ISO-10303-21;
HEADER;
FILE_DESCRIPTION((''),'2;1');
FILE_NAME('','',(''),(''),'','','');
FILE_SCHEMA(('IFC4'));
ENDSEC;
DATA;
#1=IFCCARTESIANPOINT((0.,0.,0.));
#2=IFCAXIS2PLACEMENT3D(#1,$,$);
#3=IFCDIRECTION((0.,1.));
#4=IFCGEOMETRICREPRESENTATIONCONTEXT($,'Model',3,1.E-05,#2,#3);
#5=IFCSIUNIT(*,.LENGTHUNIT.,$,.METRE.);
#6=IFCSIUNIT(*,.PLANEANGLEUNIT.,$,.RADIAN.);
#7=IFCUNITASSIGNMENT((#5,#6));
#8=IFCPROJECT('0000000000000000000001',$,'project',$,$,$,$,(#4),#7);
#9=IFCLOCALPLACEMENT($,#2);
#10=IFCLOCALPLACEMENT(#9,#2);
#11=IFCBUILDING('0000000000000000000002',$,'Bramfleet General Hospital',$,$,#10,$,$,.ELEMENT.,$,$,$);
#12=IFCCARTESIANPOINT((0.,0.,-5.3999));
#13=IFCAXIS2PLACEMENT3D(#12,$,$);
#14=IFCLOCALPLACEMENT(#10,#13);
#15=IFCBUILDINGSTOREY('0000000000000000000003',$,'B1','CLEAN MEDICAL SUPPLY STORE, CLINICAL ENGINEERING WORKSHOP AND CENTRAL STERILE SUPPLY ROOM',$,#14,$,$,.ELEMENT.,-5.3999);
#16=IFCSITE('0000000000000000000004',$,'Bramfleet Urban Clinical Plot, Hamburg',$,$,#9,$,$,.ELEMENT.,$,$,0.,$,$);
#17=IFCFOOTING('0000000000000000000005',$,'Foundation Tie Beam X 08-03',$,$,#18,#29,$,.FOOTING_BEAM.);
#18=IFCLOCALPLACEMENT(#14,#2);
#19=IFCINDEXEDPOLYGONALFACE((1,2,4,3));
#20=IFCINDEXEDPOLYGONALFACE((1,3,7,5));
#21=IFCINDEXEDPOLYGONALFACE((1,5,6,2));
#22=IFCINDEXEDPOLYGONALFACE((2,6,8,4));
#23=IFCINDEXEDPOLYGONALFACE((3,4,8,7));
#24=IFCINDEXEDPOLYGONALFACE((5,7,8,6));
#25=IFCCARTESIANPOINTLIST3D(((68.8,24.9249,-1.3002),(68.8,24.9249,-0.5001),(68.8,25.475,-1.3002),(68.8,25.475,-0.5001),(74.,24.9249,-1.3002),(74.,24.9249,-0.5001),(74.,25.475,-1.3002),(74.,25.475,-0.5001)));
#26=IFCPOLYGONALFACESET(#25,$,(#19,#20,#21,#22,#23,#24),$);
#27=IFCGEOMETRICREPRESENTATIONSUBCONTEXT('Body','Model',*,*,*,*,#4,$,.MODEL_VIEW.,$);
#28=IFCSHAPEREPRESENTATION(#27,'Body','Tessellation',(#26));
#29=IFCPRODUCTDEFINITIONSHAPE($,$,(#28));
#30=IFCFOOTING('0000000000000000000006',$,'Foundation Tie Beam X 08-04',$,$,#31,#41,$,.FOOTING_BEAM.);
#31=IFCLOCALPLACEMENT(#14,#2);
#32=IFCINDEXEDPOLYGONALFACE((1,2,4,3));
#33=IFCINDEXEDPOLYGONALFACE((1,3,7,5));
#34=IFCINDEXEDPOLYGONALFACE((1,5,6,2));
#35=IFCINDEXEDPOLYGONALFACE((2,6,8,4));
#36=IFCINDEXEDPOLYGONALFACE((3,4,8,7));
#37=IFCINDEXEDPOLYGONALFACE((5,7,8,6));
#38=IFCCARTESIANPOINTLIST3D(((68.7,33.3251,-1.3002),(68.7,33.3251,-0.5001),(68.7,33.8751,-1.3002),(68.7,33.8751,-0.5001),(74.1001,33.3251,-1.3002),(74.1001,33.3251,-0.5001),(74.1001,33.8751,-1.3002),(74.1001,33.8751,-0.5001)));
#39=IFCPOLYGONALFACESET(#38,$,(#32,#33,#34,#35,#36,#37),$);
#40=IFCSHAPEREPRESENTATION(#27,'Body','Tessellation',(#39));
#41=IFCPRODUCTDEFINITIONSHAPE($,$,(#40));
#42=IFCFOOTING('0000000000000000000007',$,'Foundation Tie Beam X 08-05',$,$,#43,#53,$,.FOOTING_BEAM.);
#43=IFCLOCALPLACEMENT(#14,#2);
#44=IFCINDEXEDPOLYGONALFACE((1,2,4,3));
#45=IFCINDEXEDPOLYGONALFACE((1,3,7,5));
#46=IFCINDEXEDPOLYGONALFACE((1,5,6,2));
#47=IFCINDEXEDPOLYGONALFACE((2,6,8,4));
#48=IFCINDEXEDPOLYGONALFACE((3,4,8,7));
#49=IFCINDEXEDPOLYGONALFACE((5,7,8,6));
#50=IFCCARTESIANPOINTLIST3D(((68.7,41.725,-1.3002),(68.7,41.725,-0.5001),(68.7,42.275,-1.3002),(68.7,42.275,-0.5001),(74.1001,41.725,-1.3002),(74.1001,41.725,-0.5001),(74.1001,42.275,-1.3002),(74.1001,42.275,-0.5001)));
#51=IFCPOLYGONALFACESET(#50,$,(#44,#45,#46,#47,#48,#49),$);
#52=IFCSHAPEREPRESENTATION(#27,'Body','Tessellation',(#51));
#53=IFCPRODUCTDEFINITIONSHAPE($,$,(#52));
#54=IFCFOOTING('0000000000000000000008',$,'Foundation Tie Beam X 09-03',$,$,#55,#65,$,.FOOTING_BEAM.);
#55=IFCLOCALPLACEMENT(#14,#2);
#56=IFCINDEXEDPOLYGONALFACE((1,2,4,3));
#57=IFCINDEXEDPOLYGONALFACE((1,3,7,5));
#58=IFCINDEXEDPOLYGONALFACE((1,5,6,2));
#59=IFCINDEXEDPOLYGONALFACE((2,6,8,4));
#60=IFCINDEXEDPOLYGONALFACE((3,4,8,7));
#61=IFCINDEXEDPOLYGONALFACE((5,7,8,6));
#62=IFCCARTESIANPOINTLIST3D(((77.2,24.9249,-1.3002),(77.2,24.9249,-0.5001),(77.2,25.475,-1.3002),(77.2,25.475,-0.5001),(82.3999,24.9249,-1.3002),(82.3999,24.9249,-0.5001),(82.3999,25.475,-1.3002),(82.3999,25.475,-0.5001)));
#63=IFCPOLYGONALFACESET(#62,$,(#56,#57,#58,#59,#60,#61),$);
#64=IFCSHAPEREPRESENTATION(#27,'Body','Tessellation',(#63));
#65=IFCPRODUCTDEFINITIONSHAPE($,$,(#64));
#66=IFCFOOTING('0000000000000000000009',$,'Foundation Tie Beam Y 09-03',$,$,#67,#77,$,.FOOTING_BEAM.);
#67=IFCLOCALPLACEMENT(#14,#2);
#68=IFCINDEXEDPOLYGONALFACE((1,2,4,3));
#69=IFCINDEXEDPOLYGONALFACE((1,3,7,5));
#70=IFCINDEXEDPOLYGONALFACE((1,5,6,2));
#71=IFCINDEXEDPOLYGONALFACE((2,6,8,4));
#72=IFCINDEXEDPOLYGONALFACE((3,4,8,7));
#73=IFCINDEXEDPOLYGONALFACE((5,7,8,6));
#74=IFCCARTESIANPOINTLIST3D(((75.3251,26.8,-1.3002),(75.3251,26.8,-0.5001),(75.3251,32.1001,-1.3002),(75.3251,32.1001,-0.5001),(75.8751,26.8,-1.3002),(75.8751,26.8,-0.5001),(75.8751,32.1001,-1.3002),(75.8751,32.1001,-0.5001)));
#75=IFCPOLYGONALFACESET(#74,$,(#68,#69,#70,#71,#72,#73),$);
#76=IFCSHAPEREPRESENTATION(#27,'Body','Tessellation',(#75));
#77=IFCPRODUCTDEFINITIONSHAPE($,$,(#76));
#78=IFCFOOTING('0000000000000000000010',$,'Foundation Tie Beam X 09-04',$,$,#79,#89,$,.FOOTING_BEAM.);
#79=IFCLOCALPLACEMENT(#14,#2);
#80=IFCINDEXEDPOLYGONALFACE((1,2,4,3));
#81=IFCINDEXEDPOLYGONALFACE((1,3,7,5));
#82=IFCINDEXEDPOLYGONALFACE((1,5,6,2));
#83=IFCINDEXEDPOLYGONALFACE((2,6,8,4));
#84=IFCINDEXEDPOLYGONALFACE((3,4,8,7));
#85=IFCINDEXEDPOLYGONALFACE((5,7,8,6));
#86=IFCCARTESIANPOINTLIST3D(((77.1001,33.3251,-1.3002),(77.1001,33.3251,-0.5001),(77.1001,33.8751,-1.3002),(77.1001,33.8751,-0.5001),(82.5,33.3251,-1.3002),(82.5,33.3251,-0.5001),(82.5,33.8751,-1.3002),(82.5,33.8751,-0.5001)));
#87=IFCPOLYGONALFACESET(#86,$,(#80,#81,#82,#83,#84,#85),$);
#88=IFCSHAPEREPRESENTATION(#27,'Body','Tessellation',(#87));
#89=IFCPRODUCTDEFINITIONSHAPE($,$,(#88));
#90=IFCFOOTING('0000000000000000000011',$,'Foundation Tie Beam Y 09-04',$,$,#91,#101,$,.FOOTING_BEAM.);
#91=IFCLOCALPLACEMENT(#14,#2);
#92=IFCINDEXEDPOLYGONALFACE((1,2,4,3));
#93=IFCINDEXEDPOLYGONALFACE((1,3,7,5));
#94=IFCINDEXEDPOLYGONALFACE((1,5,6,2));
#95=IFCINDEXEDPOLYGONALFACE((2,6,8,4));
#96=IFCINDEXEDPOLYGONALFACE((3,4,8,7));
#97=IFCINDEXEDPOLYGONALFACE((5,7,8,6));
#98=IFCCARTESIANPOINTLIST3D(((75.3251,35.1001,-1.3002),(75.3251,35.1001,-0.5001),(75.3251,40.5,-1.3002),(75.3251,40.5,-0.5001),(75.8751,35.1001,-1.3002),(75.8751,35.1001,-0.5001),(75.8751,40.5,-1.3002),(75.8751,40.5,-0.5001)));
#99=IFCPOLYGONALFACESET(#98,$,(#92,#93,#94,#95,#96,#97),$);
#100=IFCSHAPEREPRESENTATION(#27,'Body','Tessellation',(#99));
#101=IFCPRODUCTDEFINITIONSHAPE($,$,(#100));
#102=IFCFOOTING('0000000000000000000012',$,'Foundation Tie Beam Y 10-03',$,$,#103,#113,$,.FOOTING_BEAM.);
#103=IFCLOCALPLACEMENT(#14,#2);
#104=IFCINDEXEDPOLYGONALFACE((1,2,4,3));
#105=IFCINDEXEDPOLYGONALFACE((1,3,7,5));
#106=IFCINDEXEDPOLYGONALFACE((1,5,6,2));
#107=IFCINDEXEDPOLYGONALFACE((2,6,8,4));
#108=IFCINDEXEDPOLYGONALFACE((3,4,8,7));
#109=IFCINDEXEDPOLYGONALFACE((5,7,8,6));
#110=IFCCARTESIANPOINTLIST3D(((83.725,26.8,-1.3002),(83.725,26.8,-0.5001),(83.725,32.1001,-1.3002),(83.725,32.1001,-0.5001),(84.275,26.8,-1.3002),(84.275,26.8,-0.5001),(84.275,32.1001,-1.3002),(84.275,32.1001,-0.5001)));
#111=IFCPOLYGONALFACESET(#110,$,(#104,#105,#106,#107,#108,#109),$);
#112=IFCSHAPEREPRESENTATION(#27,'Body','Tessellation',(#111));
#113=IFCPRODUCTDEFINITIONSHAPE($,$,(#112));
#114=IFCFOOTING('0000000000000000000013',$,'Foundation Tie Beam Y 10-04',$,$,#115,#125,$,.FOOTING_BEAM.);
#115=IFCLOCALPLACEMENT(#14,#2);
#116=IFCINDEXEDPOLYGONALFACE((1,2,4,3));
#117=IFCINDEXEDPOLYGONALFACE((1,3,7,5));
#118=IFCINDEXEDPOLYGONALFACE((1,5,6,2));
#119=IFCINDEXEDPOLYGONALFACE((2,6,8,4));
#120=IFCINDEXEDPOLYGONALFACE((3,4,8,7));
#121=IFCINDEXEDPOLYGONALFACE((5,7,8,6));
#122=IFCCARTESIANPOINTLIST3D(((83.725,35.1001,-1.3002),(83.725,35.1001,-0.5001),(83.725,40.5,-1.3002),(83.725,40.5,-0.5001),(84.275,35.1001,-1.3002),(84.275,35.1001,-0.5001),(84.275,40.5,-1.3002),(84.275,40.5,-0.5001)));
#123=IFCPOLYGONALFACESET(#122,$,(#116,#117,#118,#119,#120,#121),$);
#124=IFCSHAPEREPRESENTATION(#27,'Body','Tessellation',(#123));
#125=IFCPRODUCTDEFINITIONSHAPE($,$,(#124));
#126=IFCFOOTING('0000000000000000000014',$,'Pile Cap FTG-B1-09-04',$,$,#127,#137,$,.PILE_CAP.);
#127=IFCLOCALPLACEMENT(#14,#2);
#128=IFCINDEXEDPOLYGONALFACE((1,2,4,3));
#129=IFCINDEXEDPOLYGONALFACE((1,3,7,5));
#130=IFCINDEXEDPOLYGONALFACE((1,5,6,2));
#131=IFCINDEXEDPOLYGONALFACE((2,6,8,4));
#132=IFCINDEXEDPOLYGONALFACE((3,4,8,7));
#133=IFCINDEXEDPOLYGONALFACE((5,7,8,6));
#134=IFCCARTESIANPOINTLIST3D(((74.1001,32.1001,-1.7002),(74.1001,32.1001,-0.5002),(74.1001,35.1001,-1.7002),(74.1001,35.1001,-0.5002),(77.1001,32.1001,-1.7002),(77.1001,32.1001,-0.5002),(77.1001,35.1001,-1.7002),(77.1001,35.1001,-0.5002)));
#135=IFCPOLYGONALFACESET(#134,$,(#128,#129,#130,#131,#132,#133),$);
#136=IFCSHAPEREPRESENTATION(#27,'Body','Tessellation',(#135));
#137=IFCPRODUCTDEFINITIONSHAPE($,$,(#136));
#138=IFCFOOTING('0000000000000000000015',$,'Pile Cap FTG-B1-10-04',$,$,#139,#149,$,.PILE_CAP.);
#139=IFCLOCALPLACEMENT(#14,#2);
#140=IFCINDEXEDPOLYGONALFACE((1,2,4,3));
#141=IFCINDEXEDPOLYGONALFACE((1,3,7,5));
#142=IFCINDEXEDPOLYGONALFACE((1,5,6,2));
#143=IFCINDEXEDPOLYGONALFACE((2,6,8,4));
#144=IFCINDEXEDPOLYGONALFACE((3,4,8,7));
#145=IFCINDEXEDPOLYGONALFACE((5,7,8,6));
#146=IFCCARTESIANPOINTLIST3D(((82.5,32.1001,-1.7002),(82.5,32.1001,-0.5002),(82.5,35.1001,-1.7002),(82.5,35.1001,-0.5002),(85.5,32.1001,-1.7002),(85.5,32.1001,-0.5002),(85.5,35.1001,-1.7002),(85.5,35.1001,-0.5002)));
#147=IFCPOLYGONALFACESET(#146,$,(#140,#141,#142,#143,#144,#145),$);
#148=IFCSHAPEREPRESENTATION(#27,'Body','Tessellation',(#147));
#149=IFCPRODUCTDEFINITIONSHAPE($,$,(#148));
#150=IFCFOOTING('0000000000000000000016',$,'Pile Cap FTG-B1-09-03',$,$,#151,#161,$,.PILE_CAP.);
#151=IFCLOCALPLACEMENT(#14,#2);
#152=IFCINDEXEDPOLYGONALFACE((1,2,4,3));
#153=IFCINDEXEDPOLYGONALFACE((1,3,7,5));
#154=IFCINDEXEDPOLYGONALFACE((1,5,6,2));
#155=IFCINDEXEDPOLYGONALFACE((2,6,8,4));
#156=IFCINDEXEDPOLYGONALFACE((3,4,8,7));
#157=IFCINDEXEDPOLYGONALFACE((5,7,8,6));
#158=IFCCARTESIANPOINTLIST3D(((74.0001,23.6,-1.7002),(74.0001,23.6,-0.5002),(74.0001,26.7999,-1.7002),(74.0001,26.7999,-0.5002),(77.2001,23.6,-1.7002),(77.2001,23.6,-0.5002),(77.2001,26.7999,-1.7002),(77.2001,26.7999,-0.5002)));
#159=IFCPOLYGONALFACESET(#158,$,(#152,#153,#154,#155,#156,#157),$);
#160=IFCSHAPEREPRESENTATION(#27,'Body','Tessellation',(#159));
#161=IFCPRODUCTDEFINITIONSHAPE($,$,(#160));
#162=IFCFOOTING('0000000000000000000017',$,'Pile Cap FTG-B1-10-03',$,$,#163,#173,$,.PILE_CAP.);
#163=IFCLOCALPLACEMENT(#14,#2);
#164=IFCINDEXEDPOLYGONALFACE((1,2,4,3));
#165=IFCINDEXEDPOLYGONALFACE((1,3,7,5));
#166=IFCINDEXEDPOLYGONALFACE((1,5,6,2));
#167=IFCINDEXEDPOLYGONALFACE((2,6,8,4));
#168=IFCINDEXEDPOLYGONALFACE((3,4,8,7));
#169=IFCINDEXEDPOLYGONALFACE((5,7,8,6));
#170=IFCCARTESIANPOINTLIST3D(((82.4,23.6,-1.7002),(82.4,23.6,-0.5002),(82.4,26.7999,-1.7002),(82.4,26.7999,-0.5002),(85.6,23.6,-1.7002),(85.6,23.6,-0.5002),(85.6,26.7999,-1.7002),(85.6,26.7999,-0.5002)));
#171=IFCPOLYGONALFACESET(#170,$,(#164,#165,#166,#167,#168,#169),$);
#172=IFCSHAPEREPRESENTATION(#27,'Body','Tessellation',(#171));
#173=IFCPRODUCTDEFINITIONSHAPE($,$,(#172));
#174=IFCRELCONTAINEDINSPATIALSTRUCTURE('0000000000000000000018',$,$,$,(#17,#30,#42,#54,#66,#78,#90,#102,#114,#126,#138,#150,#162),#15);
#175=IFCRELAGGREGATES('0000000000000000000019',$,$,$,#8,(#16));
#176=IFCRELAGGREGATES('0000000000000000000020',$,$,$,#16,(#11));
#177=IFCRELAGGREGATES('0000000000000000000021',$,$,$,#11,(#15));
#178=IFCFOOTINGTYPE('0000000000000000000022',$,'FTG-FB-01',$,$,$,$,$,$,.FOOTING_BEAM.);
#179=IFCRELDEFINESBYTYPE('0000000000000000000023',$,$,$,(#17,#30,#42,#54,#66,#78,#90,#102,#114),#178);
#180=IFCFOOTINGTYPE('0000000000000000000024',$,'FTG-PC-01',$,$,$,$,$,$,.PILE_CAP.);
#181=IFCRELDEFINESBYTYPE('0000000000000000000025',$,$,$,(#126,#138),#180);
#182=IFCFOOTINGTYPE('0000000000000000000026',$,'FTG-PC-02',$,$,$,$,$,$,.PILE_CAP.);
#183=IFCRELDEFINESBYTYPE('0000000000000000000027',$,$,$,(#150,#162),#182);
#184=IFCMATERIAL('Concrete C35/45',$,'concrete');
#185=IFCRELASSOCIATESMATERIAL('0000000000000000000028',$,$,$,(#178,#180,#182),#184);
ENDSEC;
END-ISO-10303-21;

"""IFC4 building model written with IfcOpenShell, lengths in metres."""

from ifc_helpers import new_model, si_unit, direction, frame, origin, origin_2d, place, context, subcontext, project, spatial, rectangle, extrude, material, material_profile, profile_set, type_object, element, save


model = new_model("IFC4")

# Units and contexts
model_context = context("Model", 3, precision=1e-05, world=origin(), true_north=direction((0.0, 1.0)))
body_context = subcontext(model_context, "Body", "Model", "MODEL_VIEW")
ifc_project = project(units=[si_unit("LENGTHUNIT", "METRE"), si_unit("PLANEANGLEUNIT", "RADIAN")], contexts=[model_context])

# Site, building, storey
site_placement = place(None, origin())
site = spatial("IfcSite", under=ifc_project, at=site_placement, Name="Bramfleet Urban Clinical Plot, Hamburg", CompositionType="ELEMENT", RefElevation=0.0)
building_placement = place(site_placement, origin())
building = spatial("IfcBuilding", under=site, at=building_placement, Name="Bramfleet General Hospital", CompositionType="ELEMENT")
storey_placement = place(building_placement, frame((0.0, 0.0, -5.3999)))
storey = spatial("IfcBuildingStorey", under=building, at=storey_placement, Name="B1", Description="CLEAN MEDICAL SUPPLY STORE, CLINICAL ENGINEERING WORKSHOP AND CENTRAL STERILE SUPPLY ROOM", CompositionType="ELEMENT", Elevation=-5.3999)

# Footings
ifc_material_1 = material(Name="Concrete C35/45", Category="concrete")
ifc_material_profile_1 = material_profile(ifc_material_1, rectangle(XDim=0.55, YDim=0.8, at=origin_2d()), Name="RC FB 800x550")
ifc_profile_set_1 = profile_set([ifc_material_profile_1], Name="Concrete C35/45")
footing_type_1 = type_object("IfcFootingType", Name="FTG-FB-01", PredefinedType="FOOTING_BEAM", material=ifc_profile_set_1)
footing_1_placement = place(storey_placement, frame((68.8, 25.2, -0.9001), z_axis=(1.0, 0.0, 0.0), x_axis=(0.0, 1.0, 0.0)))
element("IfcFooting", 1, at=footing_1_placement, inside=storey, type_object=footing_type_1, Name="Foundation Tie Beam X 08-03", PredefinedType="FOOTING_BEAM", context=body_context, shape_type="SweptSolid", body=[
    extrude(rectangle(XDim=0.55, YDim=0.8, at=origin_2d()), origin(), (0.0, 0.0, 1.0), 5.2),
])
for number, where, z_axis, x_axis, name in (
    (2, (68.7, 33.6001, -0.9001), (1.0, 0.0, 0.0), (0.0, 1.0, 0.0), "Foundation Tie Beam X 08-04"),
    (3, (68.7, 42.0, -0.9001), (1.0, 0.0, 0.0), (0.0, 1.0, 0.0), "Foundation Tie Beam X 08-05"),
):
    element("IfcFooting", number, at=place(storey_placement, frame(where, z_axis=z_axis, x_axis=x_axis)), inside=storey, type_object=footing_type_1, Name=name, PredefinedType="FOOTING_BEAM", context=body_context, shape_type="SweptSolid", body=[
        extrude(rectangle(XDim=0.55, YDim=0.8, at=origin_2d()), origin(), (0.0, 0.0, 1.0), 5.4001),
    ])
footing_2_placement = place(storey_placement, frame((77.2, 25.2, -0.9001), z_axis=(1.0, 0.0, 0.0), x_axis=(0.0, 1.0, 0.0)))
element("IfcFooting", 4, at=footing_2_placement, inside=storey, type_object=footing_type_1, Name="Foundation Tie Beam X 09-03", PredefinedType="FOOTING_BEAM", context=body_context, shape_type="SweptSolid", body=[
    extrude(rectangle(XDim=0.55, YDim=0.8, at=origin_2d()), origin(), (0.0, 0.0, 1.0), 5.2),
])
footing_3_placement = place(storey_placement, frame((75.6001, 26.8, -0.9001), z_axis=(0.0, 1.0, 0.0), x_axis=(-1.0, 0.0, 0.0)))
element("IfcFooting", 5, at=footing_3_placement, inside=storey, type_object=footing_type_1, Name="Foundation Tie Beam Y 09-03", PredefinedType="FOOTING_BEAM", context=body_context, shape_type="SweptSolid", body=[
    extrude(rectangle(XDim=0.55, YDim=0.8, at=origin_2d()), origin(), (0.0, 0.0, 1.0), 5.3),
])
for number, where, z_axis, x_axis, name in (
    (6, (77.1001, 33.6001, -0.9001), (1.0, 0.0, 0.0), (0.0, 1.0, 0.0), "Foundation Tie Beam X 09-04"),
    (7, (75.6001, 35.1001, -0.9001), (0.0, 1.0, 0.0), (-1.0, 0.0, 0.0), "Foundation Tie Beam Y 09-04"),
):
    element("IfcFooting", number, at=place(storey_placement, frame(where, z_axis=z_axis, x_axis=x_axis)), inside=storey, type_object=footing_type_1, Name=name, PredefinedType="FOOTING_BEAM", context=body_context, shape_type="SweptSolid", body=[
        extrude(rectangle(XDim=0.55, YDim=0.8, at=origin_2d()), origin(), (0.0, 0.0, 1.0), 5.3999),
    ])
footing_4_placement = place(storey_placement, frame((84.0, 26.8, -0.9001), z_axis=(0.0, 1.0, 0.0), x_axis=(-1.0, 0.0, 0.0)))
element("IfcFooting", 8, at=footing_4_placement, inside=storey, type_object=footing_type_1, Name="Foundation Tie Beam Y 10-03", PredefinedType="FOOTING_BEAM", context=body_context, shape_type="SweptSolid", body=[
    extrude(rectangle(XDim=0.55, YDim=0.8, at=origin_2d()), origin(), (0.0, 0.0, 1.0), 5.3),
])
footing_5_placement = place(storey_placement, frame((84.0, 35.1001, -0.9001), z_axis=(0.0, 1.0, 0.0), x_axis=(-1.0, 0.0, 0.0)))
element("IfcFooting", 9, at=footing_5_placement, inside=storey, type_object=footing_type_1, Name="Foundation Tie Beam Y 10-04", PredefinedType="FOOTING_BEAM", context=body_context, shape_type="SweptSolid", body=[
    extrude(rectangle(XDim=0.55, YDim=0.8, at=origin_2d()), origin(), (0.0, 0.0, 1.0), 5.3999),
])
footing_type_2 = type_object("IfcFootingType", Name="FTG-PC-01", PredefinedType="PILE_CAP", material=ifc_material_1)
for number, where, z_axis, x_axis, name in (
    (10, (75.6001, 33.6001, -1.7002), (0.0, 0.0, 1.0), (1.0, 0.0, 0.0), "Pile Cap FTG-B1-09-04"),
    (11, (84.0, 33.6001, -1.7002), (0.0, 0.0, 1.0), (1.0, 0.0, 0.0), "Pile Cap FTG-B1-10-04"),
):
    element("IfcFooting", number, at=place(storey_placement, frame(where, z_axis=z_axis, x_axis=x_axis)), inside=storey, type_object=footing_type_2, Name=name, PredefinedType="PILE_CAP", context=body_context, shape_type="SweptSolid", body=[
        extrude(rectangle(XDim=3.0, YDim=3.0, at=origin_2d()), origin(), (0.0, 0.0, 1.0), 1.2),
    ])
footing_type_3 = type_object("IfcFootingType", Name="FTG-PC-02", PredefinedType="PILE_CAP", material=ifc_material_1)
for number, where, z_axis, x_axis, name in (
    (12, (75.6001, 25.2, -1.7002), (0.0, 0.0, 1.0), (1.0, 0.0, 0.0), "Pile Cap FTG-B1-09-03"),
    (13, (84.0, 25.2, -1.7002), (0.0, 0.0, 1.0), (1.0, 0.0, 0.0), "Pile Cap FTG-B1-10-03"),
):
    element("IfcFooting", number, at=place(storey_placement, frame(where, z_axis=z_axis, x_axis=x_axis)), inside=storey, type_object=footing_type_3, Name=name, PredefinedType="PILE_CAP", context=body_context, shape_type="SweptSolid", body=[
        extrude(rectangle(XDim=3.2, YDim=3.2, at=origin_2d()), origin(), (0.0, 0.0, 1.0), 1.2),
    ])

save(model, "model.ifc")
